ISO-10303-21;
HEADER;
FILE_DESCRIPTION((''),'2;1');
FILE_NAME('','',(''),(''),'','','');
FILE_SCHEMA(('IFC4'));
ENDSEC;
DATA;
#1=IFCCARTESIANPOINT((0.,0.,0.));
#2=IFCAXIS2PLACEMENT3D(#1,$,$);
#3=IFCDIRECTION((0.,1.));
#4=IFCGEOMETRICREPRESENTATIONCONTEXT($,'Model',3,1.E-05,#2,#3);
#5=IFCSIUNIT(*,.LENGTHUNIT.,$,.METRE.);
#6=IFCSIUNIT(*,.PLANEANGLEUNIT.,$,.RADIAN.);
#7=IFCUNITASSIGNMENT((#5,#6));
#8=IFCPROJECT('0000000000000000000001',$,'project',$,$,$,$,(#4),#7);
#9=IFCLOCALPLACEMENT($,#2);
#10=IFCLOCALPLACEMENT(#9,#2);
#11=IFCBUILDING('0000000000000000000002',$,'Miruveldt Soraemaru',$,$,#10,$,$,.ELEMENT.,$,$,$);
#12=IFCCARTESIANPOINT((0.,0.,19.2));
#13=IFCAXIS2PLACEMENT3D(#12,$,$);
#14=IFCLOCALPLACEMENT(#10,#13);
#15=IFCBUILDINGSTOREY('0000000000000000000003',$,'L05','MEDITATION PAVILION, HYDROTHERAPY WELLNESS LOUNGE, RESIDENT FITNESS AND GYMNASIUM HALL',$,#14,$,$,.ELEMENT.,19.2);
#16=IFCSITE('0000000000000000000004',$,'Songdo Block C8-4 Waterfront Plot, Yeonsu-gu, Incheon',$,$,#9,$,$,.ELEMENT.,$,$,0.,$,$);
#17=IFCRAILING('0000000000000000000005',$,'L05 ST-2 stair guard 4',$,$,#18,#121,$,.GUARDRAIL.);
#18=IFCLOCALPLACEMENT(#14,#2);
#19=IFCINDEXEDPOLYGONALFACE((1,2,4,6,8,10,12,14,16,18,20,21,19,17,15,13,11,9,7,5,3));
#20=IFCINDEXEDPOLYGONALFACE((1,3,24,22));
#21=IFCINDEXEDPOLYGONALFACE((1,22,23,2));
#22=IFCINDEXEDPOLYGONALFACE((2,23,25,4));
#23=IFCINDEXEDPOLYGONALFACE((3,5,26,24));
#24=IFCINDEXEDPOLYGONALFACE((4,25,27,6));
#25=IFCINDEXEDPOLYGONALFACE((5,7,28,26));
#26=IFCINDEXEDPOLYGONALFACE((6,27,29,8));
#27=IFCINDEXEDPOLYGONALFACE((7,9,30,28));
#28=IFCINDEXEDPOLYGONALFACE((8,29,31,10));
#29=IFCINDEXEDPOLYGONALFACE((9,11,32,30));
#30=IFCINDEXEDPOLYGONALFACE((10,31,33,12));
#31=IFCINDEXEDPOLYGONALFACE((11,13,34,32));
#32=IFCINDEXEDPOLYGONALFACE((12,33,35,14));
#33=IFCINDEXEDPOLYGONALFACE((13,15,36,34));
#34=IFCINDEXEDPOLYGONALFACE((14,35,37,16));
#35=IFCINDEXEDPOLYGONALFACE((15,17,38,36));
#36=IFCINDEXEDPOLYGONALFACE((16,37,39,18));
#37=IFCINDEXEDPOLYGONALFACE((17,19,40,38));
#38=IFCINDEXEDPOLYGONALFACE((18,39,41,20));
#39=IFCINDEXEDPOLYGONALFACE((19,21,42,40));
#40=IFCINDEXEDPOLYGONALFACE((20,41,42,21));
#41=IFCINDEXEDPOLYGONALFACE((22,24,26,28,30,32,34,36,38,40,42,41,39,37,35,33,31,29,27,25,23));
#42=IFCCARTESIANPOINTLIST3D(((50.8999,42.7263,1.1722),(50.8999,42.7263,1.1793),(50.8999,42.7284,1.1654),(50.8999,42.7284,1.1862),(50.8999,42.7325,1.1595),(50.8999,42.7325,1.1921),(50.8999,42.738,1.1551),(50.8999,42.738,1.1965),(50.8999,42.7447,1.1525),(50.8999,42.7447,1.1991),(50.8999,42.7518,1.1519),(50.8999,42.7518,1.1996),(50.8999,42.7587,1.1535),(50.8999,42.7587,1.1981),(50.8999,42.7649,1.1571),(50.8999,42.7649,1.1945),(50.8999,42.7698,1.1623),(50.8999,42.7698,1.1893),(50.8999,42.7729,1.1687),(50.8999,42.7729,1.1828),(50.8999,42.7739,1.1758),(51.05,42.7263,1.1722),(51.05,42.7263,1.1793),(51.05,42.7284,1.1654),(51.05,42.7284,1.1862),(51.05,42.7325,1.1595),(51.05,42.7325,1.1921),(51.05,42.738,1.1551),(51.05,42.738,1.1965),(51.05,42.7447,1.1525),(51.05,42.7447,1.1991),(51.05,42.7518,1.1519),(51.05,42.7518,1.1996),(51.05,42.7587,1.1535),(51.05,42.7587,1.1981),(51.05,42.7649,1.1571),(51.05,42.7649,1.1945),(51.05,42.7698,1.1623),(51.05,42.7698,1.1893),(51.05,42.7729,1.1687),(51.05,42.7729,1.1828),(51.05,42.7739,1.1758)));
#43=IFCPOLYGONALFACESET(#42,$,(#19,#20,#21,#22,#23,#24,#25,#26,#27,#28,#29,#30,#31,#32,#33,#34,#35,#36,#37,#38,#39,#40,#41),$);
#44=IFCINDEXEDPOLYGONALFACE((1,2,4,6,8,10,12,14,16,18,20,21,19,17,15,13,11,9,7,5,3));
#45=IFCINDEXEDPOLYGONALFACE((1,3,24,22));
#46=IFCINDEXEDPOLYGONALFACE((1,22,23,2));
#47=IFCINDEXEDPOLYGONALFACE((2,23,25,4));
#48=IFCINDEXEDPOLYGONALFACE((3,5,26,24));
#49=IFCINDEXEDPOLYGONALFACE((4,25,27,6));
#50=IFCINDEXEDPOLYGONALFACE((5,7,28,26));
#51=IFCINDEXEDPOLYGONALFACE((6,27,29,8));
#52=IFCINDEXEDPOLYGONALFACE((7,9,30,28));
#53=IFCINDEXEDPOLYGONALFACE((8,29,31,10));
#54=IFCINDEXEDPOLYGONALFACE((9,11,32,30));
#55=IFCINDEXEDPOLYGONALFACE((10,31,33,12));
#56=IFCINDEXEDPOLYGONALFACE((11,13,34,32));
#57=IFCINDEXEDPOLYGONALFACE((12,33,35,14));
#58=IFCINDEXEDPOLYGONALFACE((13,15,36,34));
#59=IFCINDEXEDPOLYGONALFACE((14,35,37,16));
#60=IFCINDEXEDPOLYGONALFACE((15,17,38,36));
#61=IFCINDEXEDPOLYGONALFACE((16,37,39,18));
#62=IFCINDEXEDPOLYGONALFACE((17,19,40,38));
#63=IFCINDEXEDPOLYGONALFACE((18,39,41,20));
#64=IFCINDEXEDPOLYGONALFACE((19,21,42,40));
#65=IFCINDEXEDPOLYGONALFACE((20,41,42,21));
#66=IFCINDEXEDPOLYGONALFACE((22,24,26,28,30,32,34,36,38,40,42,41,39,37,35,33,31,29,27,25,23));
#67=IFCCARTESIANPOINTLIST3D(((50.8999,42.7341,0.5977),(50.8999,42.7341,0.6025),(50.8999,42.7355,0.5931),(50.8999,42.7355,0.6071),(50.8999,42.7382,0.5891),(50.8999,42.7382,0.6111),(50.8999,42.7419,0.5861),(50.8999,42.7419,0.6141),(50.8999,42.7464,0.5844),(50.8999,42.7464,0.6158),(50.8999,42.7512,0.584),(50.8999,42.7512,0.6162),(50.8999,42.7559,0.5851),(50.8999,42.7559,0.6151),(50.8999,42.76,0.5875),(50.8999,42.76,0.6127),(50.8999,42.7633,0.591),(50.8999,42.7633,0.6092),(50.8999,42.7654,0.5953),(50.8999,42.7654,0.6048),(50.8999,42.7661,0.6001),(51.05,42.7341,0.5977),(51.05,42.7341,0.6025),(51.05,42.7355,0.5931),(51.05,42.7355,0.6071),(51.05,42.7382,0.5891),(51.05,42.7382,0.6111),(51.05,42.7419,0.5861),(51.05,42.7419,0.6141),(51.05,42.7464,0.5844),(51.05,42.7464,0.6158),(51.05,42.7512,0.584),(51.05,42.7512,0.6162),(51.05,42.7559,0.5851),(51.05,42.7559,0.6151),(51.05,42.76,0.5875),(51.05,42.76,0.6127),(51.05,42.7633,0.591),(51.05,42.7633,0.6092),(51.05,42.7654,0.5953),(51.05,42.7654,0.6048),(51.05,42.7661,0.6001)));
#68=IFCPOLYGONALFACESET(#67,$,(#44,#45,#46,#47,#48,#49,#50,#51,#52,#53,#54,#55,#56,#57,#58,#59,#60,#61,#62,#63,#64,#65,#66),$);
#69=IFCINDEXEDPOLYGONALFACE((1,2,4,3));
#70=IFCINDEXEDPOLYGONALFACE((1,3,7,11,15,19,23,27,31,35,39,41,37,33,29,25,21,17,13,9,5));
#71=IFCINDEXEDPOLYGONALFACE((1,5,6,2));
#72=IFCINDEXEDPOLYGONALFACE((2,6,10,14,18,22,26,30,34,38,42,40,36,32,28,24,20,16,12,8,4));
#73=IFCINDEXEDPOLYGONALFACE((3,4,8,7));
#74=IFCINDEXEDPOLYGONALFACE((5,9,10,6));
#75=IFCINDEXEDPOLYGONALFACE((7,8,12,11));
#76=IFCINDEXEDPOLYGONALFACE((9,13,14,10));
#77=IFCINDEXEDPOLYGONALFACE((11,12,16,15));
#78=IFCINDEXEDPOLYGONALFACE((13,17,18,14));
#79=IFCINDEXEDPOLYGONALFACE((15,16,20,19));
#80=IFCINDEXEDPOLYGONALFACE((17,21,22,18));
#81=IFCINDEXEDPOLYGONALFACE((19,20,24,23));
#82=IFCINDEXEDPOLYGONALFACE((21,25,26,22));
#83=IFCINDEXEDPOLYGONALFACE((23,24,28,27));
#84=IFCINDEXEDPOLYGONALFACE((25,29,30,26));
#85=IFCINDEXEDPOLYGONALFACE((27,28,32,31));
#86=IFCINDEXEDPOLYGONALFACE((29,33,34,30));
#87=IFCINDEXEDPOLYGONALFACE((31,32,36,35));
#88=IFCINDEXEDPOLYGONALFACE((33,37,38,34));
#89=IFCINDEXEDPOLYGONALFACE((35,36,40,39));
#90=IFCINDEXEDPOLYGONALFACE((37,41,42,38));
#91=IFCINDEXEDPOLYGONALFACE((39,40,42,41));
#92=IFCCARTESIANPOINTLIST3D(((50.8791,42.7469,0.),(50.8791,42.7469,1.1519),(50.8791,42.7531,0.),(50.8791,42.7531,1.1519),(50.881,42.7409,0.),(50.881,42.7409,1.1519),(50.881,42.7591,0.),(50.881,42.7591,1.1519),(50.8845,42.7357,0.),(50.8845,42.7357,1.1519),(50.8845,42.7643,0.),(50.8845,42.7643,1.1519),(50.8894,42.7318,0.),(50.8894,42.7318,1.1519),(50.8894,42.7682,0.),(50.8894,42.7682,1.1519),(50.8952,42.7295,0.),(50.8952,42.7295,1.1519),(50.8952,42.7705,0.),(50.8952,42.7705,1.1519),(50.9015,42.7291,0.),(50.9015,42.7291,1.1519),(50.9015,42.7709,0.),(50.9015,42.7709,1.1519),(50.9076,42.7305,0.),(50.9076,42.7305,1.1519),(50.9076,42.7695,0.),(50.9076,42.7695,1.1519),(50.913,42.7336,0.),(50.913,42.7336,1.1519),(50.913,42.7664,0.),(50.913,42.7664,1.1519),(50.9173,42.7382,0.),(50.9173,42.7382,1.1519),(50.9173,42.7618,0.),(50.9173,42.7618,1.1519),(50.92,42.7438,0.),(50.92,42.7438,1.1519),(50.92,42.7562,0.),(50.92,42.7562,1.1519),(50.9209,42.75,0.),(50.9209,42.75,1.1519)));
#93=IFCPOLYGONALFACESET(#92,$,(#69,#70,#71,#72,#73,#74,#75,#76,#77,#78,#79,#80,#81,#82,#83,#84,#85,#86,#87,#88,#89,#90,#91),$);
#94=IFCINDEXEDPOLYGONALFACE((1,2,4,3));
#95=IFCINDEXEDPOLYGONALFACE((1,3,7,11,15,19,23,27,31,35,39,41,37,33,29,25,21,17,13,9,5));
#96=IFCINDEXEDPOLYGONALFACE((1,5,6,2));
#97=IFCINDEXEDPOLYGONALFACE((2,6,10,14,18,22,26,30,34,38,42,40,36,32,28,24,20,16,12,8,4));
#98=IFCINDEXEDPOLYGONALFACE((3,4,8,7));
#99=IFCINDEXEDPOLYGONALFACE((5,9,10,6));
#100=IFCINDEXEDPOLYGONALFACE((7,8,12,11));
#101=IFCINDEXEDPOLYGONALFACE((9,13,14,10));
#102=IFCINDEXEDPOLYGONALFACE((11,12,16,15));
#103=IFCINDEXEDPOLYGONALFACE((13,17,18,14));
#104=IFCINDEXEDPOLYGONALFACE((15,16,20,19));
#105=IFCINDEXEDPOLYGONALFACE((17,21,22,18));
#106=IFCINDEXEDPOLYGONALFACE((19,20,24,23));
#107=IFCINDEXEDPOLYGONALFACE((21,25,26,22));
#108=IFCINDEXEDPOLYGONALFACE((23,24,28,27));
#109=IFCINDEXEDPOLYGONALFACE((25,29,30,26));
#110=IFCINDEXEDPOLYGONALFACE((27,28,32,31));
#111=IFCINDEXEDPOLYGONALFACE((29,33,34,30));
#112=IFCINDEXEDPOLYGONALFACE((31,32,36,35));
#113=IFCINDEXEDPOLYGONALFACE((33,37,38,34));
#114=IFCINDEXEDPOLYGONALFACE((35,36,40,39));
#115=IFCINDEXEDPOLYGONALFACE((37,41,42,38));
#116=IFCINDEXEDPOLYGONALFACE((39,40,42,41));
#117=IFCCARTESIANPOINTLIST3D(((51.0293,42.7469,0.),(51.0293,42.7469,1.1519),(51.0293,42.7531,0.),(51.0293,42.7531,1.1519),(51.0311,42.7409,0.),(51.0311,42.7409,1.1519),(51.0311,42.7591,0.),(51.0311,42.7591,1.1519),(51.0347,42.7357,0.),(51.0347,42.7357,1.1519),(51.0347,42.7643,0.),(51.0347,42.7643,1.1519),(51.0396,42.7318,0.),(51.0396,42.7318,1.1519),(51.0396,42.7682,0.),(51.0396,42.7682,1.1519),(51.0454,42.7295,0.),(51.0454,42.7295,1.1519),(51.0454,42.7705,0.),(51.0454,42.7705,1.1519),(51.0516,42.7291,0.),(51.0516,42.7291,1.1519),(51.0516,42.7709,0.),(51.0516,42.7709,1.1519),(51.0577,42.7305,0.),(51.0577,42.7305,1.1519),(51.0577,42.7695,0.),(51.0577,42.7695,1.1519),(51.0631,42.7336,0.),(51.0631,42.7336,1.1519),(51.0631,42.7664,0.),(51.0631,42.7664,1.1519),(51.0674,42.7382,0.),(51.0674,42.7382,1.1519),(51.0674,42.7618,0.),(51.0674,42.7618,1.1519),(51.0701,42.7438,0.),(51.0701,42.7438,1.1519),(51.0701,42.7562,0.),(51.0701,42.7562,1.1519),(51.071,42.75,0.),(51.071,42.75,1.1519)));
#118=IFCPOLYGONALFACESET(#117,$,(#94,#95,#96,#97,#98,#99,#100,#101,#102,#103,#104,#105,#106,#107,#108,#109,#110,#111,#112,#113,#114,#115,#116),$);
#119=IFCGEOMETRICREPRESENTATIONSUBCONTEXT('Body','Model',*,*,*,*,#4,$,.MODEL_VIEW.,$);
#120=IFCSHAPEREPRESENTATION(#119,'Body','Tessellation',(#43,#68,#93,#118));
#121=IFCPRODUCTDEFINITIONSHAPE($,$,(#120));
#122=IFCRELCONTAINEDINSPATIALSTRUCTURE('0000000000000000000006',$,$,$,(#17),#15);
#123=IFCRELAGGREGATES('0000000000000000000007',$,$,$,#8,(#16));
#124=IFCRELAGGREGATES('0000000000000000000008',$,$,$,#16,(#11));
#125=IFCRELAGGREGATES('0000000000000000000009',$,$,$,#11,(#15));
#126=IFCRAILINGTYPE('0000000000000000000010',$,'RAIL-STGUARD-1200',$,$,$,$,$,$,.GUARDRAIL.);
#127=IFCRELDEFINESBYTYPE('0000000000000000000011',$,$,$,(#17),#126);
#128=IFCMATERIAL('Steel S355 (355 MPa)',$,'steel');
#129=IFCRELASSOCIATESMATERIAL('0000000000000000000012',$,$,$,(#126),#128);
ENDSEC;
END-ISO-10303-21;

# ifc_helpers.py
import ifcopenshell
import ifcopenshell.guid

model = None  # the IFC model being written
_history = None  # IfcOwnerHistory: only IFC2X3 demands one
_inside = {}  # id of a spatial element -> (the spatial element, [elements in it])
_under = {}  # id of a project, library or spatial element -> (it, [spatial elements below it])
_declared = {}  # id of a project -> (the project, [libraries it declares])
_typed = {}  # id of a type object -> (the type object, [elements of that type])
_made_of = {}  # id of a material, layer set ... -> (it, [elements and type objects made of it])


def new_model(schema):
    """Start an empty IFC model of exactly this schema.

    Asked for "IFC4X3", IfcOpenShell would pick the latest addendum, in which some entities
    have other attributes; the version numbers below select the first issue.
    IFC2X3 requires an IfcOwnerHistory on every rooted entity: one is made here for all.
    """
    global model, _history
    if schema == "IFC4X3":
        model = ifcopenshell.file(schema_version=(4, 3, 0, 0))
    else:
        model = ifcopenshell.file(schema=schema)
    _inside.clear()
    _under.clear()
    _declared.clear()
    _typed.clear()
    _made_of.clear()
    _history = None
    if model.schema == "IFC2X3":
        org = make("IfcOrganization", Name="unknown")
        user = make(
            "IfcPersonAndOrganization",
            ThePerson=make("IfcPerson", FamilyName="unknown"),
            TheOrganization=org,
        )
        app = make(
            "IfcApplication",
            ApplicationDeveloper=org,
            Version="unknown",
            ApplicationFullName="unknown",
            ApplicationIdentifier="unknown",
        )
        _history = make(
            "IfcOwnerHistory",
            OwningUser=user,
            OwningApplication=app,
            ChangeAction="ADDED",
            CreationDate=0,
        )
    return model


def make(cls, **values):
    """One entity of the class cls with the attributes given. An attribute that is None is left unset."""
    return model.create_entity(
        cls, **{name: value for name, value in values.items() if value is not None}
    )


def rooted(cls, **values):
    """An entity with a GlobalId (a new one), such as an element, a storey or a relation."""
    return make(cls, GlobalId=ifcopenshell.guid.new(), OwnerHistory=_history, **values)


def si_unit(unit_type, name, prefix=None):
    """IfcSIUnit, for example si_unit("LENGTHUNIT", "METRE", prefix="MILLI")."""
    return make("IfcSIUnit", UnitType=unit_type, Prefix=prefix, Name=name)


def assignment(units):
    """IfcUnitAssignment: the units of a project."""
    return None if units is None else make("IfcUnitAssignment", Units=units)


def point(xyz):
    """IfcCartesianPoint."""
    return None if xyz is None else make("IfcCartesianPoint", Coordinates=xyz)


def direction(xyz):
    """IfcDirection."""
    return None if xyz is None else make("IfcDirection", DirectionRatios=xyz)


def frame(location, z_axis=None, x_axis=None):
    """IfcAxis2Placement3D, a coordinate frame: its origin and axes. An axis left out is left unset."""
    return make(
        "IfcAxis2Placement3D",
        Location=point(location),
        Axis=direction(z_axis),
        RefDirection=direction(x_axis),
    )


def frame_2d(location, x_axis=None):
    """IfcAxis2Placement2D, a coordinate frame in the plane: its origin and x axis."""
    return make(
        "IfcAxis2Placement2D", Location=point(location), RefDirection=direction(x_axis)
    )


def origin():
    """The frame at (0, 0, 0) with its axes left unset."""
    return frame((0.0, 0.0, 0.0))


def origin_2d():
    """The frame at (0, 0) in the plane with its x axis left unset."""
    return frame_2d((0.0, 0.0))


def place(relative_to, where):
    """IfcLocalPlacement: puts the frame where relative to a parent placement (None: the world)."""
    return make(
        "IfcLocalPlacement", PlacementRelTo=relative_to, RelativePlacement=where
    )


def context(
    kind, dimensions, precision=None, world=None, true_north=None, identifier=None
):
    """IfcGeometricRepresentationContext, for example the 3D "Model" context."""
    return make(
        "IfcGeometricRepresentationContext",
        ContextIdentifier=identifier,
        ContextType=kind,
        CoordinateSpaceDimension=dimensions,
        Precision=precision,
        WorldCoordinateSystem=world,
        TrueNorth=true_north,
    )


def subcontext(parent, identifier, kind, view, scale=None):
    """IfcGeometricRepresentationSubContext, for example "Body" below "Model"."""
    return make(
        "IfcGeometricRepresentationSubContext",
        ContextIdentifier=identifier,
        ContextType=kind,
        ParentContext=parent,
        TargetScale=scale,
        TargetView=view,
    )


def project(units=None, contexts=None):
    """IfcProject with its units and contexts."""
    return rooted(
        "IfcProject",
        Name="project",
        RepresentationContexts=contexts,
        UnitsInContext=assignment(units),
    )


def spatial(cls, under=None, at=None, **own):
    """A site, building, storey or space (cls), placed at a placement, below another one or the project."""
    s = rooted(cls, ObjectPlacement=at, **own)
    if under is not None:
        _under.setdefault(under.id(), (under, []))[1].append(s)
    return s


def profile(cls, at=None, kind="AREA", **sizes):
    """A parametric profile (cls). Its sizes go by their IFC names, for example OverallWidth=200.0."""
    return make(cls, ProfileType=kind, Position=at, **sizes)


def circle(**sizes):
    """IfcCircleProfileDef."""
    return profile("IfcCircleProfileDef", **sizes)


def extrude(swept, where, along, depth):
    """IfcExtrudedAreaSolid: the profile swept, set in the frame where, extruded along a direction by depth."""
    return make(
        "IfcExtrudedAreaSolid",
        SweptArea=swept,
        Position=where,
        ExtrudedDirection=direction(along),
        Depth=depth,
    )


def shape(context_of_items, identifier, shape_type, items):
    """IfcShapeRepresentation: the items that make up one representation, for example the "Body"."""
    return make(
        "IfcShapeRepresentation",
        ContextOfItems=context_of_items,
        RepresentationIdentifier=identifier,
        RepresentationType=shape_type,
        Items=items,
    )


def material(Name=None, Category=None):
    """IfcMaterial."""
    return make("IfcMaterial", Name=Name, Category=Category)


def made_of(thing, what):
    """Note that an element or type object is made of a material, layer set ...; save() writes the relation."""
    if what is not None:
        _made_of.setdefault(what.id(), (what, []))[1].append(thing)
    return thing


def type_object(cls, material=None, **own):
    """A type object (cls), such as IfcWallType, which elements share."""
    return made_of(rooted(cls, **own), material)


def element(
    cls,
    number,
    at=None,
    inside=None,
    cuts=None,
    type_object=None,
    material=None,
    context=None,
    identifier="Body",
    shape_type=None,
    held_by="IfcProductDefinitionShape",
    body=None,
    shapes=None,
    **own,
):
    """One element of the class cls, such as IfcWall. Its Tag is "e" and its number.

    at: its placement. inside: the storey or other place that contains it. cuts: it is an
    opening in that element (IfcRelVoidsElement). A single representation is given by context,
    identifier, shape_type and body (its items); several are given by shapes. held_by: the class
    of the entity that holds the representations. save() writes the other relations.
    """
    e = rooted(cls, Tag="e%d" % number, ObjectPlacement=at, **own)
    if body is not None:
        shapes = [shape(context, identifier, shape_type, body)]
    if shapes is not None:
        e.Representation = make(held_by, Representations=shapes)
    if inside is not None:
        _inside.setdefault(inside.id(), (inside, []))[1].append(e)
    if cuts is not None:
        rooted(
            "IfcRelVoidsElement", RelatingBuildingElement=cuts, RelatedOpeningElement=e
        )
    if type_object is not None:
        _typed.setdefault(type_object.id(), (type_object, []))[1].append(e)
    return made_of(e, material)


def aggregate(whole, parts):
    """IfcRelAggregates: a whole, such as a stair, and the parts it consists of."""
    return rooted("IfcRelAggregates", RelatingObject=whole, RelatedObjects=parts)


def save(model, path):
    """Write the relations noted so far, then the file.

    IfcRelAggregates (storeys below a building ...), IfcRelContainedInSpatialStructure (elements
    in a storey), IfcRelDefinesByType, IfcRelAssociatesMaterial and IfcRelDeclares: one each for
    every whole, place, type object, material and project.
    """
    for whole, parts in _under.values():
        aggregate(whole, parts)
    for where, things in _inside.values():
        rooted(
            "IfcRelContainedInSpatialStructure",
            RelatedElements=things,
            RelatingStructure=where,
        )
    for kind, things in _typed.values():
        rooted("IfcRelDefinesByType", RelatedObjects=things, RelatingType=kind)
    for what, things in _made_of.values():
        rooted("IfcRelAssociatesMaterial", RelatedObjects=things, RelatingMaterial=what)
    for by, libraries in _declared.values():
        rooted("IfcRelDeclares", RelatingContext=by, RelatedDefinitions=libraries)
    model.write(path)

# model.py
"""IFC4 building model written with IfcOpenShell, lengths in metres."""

from ifc_helpers import new_model, si_unit, direction, frame, origin, origin_2d, place, context, subcontext, project, spatial, circle, extrude, material, type_object, element, save


model = new_model("IFC4")

# Units and contexts
model_context = context("Model", 3, precision=1e-05, world=origin(), true_north=direction((0.0, 1.0)))
body_context = subcontext(model_context, "Body", "Model", "MODEL_VIEW")
ifc_project = project(units=[si_unit("LENGTHUNIT", "METRE"), si_unit("PLANEANGLEUNIT", "RADIAN")], contexts=[model_context])

# Site, building, storey
site_placement = place(None, origin())
site = spatial("IfcSite", under=ifc_project, at=site_placement, Name="Songdo Block C8-4 Waterfront Plot, Yeonsu-gu, Incheon", CompositionType="ELEMENT", RefElevation=0.0)
building_placement = place(site_placement, origin())
building = spatial("IfcBuilding", under=site, at=building_placement, Name="Miruveldt Soraemaru", CompositionType="ELEMENT")
storey_placement = place(building_placement, frame((0.0, 0.0, 19.2)))
storey = spatial("IfcBuildingStorey", under=building, at=storey_placement, Name="L05", Description="MEDITATION PAVILION, HYDROTHERAPY WELLNESS LOUNGE, RESIDENT FITNESS AND GYMNASIUM HALL", CompositionType="ELEMENT", Elevation=19.2)

# Shared definitions
ifc_material_1 = material(Name="Steel S355 (355 MPa)", Category="steel")

# Railing
railing_type_1 = type_object("IfcRailingType", Name="RAIL-STGUARD-1200", PredefinedType="GUARDRAIL", material=ifc_material_1)
railing_1_placement = place(storey_placement, frame((50.8999, 42.75, 0.0)))
element("IfcRailing", 1, at=railing_1_placement, inside=storey, type_object=railing_type_1, Name="L05 ST-2 stair guard 4", PredefinedType="GUARDRAIL", context=body_context, shape_type="SweptSolid", body=[
    extrude(circle(Radius=0.0239, at=origin_2d()), frame((0.0, 0.0, 1.1758), z_axis=(1.0, 0.0, 0.0), x_axis=(0.0, 1.0, 0.0)), (0.0, 0.0, 1.0), 0.1501),
    extrude(circle(Radius=0.0161, at=origin_2d()), frame((0.0, 0.0, 0.6001), z_axis=(1.0, 0.0, 0.0), x_axis=(0.0, 1.0, 0.0)), (0.0, 0.0, 1.0), 0.1501),
    extrude(circle(Radius=0.021, at=origin_2d()), origin(), (0.0, 0.0, 1.0), 1.1519),
    extrude(circle(Radius=0.021, at=origin_2d()), frame((0.1501, 0.0, 0.0)), (0.0, 0.0, 1.0), 1.1519),
])

save(model, "model.ifc")
